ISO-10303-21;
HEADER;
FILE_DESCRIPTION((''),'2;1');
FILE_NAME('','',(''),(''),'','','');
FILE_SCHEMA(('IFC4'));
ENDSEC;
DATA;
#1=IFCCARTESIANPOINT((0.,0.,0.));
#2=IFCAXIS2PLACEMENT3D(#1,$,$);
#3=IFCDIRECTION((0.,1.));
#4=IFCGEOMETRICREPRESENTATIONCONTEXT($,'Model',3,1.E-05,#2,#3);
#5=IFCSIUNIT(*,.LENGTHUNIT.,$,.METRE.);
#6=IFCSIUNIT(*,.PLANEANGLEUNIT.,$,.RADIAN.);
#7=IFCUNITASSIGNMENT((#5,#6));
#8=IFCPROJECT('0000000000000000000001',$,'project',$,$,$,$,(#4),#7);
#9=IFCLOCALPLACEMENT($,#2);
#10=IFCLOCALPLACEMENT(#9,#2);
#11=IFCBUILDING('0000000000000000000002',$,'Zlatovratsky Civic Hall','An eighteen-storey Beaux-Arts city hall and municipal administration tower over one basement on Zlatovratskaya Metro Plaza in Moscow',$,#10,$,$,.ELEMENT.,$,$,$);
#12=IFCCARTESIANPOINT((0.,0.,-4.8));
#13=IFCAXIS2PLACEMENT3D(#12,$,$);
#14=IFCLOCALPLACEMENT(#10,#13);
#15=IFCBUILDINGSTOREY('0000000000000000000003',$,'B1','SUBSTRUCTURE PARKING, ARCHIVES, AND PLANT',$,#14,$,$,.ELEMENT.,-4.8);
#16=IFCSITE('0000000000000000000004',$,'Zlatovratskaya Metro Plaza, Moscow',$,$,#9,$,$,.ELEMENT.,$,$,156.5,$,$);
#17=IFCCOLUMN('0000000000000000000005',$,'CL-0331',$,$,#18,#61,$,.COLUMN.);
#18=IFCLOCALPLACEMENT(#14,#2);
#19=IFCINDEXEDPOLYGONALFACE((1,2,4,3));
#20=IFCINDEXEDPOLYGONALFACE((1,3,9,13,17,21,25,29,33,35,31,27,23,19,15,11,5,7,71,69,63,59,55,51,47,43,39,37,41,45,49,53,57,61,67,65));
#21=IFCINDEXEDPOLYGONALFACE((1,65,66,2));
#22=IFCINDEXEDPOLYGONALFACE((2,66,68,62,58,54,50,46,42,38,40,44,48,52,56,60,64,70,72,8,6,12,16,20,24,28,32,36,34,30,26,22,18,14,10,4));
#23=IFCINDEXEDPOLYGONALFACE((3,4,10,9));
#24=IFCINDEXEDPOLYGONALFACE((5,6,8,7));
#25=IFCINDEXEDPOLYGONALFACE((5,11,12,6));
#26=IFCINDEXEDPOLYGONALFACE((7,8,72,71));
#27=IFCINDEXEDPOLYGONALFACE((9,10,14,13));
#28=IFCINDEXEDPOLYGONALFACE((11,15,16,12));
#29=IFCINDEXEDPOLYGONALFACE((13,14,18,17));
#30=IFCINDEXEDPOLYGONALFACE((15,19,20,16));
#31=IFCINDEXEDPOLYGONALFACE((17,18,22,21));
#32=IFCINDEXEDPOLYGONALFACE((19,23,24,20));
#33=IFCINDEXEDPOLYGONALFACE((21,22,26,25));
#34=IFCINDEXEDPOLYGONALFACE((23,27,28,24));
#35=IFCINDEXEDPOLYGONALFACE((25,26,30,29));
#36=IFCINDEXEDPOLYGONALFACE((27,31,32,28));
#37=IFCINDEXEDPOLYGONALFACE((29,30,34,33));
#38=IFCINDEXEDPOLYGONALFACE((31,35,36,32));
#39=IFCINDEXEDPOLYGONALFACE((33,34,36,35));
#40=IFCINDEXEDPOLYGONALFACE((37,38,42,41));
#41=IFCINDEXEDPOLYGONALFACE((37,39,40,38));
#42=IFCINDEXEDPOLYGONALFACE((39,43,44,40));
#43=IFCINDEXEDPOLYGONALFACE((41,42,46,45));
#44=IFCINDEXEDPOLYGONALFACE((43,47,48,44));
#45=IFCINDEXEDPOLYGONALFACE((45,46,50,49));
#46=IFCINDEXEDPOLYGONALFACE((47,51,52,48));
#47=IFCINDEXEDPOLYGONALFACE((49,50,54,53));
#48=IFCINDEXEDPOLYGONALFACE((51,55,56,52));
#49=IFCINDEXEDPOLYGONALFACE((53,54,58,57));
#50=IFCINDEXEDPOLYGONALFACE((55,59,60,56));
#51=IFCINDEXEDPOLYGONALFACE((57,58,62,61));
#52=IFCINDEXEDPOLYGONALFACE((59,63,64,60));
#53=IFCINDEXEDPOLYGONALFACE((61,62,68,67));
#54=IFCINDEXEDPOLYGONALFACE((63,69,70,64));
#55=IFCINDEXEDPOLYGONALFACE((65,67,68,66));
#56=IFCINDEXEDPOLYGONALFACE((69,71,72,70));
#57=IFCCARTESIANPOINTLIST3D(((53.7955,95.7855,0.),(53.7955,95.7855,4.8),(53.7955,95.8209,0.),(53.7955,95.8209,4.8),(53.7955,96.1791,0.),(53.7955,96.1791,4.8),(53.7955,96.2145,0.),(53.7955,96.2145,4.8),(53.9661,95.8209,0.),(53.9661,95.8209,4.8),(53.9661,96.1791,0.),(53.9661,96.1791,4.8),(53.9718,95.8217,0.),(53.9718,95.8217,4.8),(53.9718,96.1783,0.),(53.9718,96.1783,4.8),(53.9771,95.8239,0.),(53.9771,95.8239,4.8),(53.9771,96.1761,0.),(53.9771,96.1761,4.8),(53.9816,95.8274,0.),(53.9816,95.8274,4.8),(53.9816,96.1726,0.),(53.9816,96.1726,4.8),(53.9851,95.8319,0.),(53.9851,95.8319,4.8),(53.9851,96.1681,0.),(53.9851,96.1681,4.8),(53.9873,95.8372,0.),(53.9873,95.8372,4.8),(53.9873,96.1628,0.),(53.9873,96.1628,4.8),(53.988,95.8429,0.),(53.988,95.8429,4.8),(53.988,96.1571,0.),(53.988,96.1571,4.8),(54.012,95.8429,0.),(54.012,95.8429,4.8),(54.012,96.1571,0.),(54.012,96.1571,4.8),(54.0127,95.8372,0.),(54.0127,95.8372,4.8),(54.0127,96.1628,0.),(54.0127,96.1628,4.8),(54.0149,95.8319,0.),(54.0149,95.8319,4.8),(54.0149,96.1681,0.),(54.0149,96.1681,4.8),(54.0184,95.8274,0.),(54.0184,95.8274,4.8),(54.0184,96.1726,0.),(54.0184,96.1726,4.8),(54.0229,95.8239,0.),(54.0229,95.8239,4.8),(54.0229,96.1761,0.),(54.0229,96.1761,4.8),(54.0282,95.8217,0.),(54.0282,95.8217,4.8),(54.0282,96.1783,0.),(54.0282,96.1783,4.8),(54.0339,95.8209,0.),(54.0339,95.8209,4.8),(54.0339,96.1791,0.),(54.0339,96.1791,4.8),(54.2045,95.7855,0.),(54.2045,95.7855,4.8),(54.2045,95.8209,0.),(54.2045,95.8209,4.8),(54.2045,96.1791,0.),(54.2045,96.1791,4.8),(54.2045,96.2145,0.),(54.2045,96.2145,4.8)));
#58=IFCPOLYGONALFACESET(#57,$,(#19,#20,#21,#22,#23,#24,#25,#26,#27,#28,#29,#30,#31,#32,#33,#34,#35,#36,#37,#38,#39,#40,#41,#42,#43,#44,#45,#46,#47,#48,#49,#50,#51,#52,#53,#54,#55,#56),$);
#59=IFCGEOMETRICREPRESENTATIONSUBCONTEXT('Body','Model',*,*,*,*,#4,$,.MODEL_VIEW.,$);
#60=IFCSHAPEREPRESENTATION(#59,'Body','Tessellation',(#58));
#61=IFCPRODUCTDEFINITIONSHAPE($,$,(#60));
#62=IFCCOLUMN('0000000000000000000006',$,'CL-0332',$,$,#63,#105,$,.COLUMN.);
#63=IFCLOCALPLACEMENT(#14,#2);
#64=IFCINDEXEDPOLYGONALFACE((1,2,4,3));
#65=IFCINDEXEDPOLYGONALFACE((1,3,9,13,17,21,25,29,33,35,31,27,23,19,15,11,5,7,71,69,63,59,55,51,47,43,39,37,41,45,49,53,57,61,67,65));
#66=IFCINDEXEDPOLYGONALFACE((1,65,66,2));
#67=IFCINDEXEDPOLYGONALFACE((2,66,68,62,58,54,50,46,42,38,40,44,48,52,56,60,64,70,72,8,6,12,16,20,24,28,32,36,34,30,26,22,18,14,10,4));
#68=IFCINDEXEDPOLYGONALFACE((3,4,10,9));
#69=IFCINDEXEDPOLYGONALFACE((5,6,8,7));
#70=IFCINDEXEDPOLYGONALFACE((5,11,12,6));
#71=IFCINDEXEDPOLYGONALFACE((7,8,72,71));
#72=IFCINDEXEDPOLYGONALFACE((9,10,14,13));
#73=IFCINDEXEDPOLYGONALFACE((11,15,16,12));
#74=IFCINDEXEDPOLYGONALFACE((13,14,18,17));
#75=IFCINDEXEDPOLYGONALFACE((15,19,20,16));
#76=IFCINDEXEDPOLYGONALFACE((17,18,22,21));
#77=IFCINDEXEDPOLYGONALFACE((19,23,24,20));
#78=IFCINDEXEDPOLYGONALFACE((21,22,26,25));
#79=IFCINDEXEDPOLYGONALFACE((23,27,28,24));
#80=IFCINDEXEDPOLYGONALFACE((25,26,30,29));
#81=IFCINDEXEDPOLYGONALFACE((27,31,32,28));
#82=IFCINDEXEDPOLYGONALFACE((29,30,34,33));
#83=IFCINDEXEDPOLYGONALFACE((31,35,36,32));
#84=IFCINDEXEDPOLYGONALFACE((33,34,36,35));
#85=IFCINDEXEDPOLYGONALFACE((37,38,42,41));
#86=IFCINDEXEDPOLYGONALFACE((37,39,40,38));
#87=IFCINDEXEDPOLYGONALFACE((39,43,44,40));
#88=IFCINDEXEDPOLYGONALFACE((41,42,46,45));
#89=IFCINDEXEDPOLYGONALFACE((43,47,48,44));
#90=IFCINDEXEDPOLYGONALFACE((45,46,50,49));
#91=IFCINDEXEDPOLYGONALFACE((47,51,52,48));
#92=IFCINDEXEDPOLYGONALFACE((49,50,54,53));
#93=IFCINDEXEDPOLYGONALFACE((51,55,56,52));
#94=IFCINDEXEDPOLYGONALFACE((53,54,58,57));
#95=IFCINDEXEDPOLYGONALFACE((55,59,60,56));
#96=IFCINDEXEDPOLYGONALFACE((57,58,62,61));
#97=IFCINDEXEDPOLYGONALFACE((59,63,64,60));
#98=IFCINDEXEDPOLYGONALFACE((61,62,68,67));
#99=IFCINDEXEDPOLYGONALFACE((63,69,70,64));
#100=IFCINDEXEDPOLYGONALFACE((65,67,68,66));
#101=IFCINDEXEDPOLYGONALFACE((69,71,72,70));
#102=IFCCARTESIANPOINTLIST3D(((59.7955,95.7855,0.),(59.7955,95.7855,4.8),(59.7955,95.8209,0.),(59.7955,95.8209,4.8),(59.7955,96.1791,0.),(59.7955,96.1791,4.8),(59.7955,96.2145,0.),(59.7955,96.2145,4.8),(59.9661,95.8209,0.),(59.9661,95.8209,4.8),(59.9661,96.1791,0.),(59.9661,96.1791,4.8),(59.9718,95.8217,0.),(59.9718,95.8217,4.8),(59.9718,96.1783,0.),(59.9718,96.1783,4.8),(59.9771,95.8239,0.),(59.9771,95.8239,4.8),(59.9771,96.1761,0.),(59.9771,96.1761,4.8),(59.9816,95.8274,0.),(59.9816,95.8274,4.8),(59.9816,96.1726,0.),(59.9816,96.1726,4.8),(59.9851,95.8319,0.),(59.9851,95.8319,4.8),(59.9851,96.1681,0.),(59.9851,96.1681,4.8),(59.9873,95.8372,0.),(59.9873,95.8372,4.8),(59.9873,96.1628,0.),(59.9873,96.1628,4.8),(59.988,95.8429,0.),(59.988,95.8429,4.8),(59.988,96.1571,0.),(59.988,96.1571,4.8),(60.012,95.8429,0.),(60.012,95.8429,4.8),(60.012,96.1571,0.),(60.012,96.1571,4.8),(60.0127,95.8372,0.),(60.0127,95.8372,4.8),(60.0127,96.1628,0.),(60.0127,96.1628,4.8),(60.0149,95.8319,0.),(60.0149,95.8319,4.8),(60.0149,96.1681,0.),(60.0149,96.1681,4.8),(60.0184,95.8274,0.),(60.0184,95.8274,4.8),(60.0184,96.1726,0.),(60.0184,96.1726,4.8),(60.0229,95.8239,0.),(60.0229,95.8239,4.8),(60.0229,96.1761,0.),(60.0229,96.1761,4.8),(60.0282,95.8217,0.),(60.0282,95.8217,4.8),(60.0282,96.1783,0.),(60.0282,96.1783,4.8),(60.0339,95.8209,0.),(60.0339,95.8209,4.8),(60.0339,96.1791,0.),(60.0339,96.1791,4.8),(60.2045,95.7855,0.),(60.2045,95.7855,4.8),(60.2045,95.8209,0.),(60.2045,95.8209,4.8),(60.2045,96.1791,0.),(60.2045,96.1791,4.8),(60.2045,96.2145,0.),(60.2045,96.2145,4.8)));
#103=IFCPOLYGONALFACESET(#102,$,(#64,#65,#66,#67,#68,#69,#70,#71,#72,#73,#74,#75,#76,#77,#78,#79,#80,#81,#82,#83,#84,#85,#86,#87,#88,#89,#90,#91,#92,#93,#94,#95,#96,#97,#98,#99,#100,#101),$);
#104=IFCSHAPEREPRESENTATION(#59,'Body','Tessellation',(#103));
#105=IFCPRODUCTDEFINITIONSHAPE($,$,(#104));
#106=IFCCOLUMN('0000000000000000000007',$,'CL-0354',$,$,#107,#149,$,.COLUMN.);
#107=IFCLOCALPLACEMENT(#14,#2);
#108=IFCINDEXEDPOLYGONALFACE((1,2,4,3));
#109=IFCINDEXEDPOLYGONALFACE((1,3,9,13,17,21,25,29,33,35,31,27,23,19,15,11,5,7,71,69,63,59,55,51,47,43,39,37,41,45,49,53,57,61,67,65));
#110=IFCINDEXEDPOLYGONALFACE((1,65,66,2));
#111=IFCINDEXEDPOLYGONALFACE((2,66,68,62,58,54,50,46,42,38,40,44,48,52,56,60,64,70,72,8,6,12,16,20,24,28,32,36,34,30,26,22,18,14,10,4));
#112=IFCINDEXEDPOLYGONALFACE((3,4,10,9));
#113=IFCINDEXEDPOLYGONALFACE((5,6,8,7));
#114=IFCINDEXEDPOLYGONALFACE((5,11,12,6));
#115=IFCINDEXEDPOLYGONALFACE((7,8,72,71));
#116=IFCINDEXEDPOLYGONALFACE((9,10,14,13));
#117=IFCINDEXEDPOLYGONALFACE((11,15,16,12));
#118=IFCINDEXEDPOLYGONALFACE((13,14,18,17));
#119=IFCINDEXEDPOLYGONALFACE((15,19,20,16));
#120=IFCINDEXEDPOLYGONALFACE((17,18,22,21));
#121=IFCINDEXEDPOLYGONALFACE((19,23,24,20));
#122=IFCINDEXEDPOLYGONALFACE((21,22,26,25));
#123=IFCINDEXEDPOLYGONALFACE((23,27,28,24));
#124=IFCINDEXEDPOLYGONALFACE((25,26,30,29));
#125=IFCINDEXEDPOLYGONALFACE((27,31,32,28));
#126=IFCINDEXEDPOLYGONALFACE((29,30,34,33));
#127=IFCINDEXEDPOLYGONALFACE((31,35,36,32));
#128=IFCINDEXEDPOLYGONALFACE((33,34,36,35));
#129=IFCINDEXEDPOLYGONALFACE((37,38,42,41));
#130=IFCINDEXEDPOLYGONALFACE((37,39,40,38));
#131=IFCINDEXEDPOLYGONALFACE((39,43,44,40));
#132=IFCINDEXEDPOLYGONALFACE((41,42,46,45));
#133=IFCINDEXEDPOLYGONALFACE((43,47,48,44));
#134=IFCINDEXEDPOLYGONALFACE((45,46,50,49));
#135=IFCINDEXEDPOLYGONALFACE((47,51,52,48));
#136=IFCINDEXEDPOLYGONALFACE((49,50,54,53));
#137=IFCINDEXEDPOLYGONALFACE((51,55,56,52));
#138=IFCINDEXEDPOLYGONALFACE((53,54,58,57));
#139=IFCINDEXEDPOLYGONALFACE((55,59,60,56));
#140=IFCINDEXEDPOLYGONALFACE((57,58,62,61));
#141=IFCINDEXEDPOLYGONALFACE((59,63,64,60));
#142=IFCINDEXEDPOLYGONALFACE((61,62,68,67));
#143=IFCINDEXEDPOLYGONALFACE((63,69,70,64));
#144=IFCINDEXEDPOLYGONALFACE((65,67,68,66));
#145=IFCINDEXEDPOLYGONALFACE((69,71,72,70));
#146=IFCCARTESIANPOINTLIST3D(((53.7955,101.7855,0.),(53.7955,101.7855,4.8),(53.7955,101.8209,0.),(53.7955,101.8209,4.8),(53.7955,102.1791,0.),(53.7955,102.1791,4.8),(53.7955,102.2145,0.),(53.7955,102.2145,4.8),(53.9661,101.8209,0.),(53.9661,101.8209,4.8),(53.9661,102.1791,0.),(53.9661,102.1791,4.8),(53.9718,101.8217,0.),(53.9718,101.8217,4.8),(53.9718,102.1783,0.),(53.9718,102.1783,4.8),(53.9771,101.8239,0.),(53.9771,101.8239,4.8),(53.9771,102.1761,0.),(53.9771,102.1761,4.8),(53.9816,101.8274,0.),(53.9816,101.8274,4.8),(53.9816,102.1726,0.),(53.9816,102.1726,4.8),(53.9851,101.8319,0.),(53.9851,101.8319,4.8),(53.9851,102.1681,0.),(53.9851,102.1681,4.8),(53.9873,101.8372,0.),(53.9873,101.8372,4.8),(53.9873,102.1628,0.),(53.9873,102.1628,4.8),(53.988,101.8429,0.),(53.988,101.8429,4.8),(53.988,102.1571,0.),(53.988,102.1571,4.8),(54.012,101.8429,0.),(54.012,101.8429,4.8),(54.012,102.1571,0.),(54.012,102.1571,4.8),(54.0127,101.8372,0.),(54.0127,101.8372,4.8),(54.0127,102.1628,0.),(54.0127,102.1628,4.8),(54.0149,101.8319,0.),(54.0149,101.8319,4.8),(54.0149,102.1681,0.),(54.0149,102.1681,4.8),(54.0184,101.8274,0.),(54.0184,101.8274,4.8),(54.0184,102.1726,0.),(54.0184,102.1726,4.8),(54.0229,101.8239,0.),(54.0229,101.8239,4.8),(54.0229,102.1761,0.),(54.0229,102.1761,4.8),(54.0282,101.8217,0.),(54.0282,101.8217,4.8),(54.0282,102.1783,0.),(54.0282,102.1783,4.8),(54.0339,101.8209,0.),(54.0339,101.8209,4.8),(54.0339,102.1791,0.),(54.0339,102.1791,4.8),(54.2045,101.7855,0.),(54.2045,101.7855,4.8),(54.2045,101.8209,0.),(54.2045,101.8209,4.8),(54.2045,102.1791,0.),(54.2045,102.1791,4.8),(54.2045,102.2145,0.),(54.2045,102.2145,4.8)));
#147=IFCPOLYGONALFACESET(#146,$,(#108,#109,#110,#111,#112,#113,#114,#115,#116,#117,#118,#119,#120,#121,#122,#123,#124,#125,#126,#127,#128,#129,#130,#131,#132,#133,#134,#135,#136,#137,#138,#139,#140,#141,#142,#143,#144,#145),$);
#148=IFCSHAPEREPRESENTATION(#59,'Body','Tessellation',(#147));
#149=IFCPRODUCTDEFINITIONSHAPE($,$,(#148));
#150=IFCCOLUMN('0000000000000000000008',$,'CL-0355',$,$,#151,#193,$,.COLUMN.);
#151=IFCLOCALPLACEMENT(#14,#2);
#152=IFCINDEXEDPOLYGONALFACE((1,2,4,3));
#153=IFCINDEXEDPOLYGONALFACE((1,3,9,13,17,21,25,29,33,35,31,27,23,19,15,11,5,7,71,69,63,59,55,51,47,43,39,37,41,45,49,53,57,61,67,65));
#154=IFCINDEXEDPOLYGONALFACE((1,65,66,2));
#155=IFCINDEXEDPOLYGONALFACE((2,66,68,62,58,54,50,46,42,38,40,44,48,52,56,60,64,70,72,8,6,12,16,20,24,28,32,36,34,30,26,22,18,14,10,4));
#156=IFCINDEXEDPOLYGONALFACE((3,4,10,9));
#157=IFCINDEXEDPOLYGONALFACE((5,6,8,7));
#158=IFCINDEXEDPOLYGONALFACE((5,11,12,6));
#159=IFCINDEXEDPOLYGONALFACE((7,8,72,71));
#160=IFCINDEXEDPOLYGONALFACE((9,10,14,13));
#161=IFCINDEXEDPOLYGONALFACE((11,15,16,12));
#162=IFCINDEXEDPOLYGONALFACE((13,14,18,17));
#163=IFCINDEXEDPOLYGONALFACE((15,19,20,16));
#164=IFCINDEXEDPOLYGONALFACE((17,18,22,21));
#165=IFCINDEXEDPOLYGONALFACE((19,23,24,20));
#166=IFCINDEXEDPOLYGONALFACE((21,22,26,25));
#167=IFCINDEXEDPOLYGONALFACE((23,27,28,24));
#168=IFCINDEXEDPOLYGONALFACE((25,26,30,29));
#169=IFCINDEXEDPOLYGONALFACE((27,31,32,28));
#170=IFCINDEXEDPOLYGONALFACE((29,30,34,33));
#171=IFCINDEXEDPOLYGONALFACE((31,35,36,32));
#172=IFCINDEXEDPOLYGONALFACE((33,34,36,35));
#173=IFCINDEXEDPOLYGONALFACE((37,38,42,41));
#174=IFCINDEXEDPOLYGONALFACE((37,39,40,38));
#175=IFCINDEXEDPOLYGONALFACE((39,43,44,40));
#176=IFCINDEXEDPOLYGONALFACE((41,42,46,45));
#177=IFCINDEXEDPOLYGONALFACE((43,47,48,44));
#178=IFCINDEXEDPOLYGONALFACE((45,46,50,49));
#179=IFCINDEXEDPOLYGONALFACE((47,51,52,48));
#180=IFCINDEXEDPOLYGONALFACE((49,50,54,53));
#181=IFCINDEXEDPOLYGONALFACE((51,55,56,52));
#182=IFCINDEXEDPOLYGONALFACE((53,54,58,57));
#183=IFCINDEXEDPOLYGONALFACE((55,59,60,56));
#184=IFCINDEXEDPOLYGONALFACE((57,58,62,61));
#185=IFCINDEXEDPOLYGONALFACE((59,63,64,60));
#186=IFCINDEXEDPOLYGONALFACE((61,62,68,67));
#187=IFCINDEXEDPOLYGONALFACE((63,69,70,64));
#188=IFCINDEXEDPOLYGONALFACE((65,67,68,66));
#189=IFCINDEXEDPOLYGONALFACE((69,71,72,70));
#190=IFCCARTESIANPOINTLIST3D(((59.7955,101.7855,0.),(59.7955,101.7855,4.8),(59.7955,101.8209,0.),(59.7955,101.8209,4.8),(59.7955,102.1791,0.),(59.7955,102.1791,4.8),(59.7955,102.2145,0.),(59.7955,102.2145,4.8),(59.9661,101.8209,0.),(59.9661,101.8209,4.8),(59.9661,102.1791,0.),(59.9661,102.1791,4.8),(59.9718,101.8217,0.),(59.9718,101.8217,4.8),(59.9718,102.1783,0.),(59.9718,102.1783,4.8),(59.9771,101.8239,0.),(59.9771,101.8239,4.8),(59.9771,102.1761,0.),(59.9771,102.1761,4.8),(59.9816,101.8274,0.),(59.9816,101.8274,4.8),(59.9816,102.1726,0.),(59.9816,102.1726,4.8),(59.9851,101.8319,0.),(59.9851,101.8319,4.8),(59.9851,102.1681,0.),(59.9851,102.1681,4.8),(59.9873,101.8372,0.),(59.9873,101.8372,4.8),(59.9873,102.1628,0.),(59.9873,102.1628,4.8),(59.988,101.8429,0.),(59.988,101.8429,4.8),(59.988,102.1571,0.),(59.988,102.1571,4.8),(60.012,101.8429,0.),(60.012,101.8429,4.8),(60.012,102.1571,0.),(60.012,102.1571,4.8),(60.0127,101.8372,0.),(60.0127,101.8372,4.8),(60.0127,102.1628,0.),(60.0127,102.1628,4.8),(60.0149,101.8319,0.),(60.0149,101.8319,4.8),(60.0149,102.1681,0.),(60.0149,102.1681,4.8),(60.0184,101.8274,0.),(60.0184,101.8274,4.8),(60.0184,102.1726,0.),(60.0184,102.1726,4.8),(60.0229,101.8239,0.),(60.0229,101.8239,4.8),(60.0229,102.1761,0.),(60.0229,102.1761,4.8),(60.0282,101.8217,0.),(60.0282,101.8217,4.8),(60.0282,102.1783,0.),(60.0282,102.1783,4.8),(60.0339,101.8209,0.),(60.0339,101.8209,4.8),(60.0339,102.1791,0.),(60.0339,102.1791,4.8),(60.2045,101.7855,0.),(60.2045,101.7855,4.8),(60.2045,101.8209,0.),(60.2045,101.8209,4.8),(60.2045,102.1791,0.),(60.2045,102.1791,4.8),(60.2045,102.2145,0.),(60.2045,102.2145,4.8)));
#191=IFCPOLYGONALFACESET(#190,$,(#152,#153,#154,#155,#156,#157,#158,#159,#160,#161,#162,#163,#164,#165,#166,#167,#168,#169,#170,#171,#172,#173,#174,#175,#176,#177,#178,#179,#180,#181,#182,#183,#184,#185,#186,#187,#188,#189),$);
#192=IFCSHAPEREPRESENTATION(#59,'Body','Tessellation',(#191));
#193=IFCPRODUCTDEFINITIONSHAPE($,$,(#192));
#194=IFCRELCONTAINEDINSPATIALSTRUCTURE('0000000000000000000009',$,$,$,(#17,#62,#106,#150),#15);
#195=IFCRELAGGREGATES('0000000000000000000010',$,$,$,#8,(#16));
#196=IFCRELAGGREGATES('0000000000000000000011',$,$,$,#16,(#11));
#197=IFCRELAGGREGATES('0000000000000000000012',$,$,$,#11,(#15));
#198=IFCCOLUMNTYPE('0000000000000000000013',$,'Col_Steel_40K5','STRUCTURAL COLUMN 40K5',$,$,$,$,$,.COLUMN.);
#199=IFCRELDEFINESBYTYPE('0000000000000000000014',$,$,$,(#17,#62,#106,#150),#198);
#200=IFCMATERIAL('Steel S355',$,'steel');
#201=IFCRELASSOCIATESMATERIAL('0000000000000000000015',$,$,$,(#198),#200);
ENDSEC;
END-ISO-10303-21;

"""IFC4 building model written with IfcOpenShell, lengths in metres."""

from ifc_helpers import new_model, si_unit, direction, frame, origin, origin_2d, place, context, subcontext, project, spatial, i_section, extrude, material, material_profile, profile_set, type_object, element, save


model = new_model("IFC4")

# Units and contexts
model_context = context("Model", 3, precision=1e-05, world=origin(), true_north=direction((0.0, 1.0)))
body_context = subcontext(model_context, "Body", "Model", "MODEL_VIEW")
ifc_project = project(units=[si_unit("LENGTHUNIT", "METRE"), si_unit("PLANEANGLEUNIT", "RADIAN")], contexts=[model_context])

# Site, building, storey
site_placement = place(None, origin())
site = spatial("IfcSite", under=ifc_project, at=site_placement, Name="Zlatovratskaya Metro Plaza, Moscow", CompositionType="ELEMENT", RefElevation=156.5)
building_placement = place(site_placement, origin())
building = spatial("IfcBuilding", under=site, at=building_placement, Name="Zlatovratsky Civic Hall", Description="An eighteen-storey Beaux-Arts city hall and municipal administration tower over one basement on Zlatovratskaya Metro Plaza in Moscow", CompositionType="ELEMENT")
storey_placement = place(building_placement, frame((0.0, 0.0, -4.8)))
storey = spatial("IfcBuildingStorey", under=building, at=storey_placement, Name="B1", Description="SUBSTRUCTURE PARKING, ARCHIVES, AND PLANT", CompositionType="ELEMENT", Elevation=-4.8)

# Columns
ifc_material_1 = material(Name="Steel S355", Category="steel")
ifc_material_profile_1 = material_profile(ifc_material_1, i_section(OverallWidth=0.4089, OverallDepth=0.429, WebThickness=0.0239, FlangeThickness=0.0354, FilletRadius=0.022, at=origin_2d()), Name="40K5")
ifc_profile_set_1 = profile_set([ifc_material_profile_1], Name="Steel S355")
column_type = type_object("IfcColumnType", Name="Col_Steel_40K5", Description="STRUCTURAL COLUMN 40K5", PredefinedType="COLUMN", material=ifc_profile_set_1)
for number, where, z_axis, x_axis, name in (
    (1, (54.0, 96.0, 0.0), (0.0, 0.0, 1.0), (1.0, 0.0, 0.0), "CL-0331"),
    (2, (60.0, 96.0, 0.0), (0.0, 0.0, 1.0), (1.0, 0.0, 0.0), "CL-0332"),
    (3, (54.0, 102.0, 0.0), (0.0, 0.0, 1.0), (1.0, 0.0, 0.0), "CL-0354"),
    (4, (60.0, 102.0, 0.0), (0.0, 0.0, 1.0), (1.0, 0.0, 0.0), "CL-0355"),
):
    element("IfcColumn", number, at=place(storey_placement, frame(where, z_axis=z_axis, x_axis=x_axis)), inside=storey, type_object=column_type, Name=name, PredefinedType="COLUMN", context=body_context, shape_type="SweptSolid", body=[
        extrude(i_section(OverallWidth=0.4089, OverallDepth=0.429, WebThickness=0.0239, FlangeThickness=0.0354, FilletRadius=0.022, at=origin_2d()), origin(), (0.0, 0.0, 1.0), 4.8),
    ])

save(model, "model.ifc")
